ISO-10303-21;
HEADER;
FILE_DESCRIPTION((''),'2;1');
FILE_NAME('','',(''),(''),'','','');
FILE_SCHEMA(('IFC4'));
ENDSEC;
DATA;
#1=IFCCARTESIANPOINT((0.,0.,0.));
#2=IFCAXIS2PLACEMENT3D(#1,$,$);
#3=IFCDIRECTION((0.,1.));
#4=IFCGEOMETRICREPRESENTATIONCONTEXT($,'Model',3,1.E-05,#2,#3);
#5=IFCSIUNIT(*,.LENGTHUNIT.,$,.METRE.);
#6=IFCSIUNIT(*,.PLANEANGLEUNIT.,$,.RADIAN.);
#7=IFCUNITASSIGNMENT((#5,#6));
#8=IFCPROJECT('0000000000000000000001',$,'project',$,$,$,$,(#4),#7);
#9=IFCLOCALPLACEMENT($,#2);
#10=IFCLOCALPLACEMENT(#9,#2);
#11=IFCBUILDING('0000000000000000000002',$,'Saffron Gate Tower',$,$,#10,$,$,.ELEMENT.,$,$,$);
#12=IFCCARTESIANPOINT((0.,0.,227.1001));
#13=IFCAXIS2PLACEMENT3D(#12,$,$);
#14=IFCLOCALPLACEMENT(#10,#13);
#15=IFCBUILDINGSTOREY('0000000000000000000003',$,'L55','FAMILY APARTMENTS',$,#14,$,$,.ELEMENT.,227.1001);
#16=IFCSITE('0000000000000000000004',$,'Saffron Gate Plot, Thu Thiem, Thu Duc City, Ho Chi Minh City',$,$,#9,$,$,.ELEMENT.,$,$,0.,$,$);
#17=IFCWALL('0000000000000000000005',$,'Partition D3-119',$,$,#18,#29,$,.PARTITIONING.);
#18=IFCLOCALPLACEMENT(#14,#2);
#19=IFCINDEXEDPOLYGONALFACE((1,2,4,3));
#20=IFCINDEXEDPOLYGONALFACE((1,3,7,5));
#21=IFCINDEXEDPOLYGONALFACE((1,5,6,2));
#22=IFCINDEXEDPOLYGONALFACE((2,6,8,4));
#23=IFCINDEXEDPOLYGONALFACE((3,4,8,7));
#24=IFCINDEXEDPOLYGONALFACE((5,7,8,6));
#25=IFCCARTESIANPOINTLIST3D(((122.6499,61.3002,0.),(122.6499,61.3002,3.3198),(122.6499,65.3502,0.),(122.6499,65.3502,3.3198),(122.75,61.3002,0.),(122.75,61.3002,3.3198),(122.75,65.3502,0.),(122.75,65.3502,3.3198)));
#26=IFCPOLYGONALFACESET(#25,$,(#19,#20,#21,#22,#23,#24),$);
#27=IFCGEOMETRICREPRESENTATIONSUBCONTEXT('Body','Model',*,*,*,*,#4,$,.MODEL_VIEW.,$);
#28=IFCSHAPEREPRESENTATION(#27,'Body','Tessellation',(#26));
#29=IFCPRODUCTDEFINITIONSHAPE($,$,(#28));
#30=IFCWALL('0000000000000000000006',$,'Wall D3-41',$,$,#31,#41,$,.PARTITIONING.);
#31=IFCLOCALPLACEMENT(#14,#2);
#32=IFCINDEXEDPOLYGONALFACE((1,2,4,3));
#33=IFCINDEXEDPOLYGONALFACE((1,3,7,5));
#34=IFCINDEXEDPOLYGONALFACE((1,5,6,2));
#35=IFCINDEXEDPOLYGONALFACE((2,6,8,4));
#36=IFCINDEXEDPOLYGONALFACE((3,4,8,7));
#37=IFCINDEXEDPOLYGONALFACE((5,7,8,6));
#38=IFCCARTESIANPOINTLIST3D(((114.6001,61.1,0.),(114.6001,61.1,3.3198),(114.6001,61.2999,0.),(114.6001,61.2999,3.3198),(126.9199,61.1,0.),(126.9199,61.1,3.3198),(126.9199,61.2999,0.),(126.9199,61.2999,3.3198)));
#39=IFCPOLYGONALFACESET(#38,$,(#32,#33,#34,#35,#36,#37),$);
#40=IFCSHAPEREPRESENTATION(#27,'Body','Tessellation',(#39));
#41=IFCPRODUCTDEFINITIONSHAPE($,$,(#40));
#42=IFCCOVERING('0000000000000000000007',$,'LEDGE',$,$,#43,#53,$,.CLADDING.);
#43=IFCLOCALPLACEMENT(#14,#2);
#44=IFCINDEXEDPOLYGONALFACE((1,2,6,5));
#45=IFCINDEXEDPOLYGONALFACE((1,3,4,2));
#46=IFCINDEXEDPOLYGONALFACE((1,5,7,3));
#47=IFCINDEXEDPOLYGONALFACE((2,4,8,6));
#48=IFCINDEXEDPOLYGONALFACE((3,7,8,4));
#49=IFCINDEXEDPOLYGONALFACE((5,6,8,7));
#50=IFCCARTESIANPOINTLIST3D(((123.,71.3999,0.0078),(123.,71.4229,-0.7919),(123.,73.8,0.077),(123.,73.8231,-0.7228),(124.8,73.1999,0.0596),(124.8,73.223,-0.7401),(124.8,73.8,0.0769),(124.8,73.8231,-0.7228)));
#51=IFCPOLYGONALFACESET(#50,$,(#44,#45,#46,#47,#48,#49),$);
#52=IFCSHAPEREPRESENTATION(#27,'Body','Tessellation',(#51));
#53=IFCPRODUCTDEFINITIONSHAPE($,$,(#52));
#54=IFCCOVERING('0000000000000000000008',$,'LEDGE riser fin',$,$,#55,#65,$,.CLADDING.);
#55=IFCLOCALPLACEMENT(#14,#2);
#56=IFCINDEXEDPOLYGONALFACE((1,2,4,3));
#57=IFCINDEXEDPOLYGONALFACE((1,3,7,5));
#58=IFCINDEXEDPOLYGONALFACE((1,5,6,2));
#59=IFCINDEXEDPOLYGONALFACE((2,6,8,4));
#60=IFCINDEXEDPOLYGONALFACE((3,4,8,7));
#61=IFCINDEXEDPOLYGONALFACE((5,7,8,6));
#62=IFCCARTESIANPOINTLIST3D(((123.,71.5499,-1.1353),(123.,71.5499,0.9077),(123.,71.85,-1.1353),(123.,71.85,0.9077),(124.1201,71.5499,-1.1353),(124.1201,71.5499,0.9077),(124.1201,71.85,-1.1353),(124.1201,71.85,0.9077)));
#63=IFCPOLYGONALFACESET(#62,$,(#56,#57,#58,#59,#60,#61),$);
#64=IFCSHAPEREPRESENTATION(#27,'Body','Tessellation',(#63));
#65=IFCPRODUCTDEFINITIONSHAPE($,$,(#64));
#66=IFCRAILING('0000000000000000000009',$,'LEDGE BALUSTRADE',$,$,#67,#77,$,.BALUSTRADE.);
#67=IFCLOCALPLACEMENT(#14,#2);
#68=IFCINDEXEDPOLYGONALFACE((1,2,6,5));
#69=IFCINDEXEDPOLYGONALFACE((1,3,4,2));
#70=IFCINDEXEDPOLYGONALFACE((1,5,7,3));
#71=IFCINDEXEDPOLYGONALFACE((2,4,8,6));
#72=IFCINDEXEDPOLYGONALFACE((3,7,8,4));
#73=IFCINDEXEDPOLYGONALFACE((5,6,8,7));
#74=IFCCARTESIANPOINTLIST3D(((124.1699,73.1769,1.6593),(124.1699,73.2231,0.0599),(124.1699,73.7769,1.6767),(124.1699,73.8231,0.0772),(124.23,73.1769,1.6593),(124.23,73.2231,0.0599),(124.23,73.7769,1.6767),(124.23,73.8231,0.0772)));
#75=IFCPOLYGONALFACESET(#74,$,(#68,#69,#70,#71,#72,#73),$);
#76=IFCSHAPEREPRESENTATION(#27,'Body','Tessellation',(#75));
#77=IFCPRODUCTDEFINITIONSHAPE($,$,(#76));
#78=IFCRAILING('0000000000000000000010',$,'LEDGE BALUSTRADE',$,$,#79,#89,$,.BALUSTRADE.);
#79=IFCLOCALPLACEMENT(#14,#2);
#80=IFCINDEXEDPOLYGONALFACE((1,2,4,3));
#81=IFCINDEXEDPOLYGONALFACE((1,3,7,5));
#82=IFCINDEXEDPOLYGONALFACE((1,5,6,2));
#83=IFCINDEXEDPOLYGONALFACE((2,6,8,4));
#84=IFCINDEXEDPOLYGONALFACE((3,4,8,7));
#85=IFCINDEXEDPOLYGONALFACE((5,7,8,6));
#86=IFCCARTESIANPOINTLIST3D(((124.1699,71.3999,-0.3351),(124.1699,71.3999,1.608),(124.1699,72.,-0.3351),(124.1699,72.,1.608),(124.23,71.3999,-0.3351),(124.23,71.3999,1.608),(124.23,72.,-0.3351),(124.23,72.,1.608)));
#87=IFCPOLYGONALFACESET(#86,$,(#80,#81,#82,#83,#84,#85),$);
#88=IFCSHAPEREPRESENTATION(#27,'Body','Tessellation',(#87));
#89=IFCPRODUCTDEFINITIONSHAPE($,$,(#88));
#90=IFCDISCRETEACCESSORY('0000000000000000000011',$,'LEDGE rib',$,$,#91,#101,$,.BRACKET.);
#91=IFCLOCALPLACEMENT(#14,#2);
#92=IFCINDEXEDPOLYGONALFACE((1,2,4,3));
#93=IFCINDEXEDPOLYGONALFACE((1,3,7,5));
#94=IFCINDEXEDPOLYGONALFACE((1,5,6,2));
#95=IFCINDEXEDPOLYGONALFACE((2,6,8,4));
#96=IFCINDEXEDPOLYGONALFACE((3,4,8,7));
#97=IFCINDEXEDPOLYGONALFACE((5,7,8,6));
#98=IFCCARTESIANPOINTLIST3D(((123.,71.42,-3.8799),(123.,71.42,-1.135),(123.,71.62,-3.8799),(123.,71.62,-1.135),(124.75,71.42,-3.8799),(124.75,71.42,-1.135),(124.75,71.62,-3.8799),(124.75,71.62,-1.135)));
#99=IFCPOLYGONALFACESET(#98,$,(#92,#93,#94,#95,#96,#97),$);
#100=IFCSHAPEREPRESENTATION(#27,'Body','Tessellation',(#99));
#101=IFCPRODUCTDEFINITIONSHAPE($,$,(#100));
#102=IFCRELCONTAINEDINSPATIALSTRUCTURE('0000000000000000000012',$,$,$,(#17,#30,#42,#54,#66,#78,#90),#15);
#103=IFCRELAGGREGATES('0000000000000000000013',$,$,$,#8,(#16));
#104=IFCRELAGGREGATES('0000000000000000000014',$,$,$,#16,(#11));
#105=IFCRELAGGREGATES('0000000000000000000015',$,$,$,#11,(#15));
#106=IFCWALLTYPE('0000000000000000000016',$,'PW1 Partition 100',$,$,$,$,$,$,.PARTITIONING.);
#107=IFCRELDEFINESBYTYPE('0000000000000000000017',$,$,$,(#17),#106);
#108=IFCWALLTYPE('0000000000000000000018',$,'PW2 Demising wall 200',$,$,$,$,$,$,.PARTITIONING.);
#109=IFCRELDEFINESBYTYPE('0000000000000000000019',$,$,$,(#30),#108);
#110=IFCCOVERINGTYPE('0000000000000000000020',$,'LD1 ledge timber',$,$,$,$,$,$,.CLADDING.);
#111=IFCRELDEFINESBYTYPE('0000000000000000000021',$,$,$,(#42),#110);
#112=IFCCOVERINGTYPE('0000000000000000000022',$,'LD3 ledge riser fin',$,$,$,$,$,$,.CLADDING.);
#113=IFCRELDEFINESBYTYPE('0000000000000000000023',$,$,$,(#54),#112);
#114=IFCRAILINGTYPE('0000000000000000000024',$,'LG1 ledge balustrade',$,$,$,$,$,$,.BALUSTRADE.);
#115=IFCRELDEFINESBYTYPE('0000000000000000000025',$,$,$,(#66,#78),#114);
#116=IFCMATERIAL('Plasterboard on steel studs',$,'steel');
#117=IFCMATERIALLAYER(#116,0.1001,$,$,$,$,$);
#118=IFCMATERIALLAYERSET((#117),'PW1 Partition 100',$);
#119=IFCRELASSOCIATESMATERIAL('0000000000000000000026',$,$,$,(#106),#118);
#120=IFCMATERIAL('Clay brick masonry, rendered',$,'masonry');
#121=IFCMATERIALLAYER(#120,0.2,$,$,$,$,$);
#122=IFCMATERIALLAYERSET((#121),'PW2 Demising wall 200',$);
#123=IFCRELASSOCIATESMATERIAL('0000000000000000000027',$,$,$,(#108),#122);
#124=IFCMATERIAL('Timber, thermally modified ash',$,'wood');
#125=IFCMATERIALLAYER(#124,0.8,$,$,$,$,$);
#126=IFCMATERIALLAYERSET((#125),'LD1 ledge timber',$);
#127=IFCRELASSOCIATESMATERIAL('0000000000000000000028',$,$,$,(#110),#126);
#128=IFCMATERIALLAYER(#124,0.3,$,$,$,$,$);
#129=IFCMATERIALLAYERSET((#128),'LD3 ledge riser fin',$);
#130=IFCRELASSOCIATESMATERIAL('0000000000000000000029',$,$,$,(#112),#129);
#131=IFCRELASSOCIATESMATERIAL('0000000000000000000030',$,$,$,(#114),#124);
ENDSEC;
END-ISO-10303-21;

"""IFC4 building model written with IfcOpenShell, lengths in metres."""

from ifc_helpers import new_model, si_unit, direction, frame, frame_2d, origin, origin_2d, place, context, subcontext, project, spatial, polyline, rectangle, outline, extrude, material, layer, layer_set, type_object, element, save


model = new_model("IFC4")

# Units and contexts
model_context = context("Model", 3, precision=1e-05, world=origin(), true_north=direction((0.0, 1.0)))
body_context = subcontext(model_context, "Body", "Model", "MODEL_VIEW")
ifc_project = project(units=[si_unit("LENGTHUNIT", "METRE"), si_unit("PLANEANGLEUNIT", "RADIAN")], contexts=[model_context])

# Site, building, storey
site_placement = place(None, origin())
site = spatial("IfcSite", under=ifc_project, at=site_placement, Name="Saffron Gate Plot, Thu Thiem, Thu Duc City, Ho Chi Minh City", CompositionType="ELEMENT", RefElevation=0.0)
building_placement = place(site_placement, origin())
building = spatial("IfcBuilding", under=site, at=building_placement, Name="Saffron Gate Tower", CompositionType="ELEMENT")
storey_placement = place(building_placement, frame((0.0, 0.0, 227.1001)))
storey = spatial("IfcBuildingStorey", under=building, at=storey_placement, Name="L55", Description="FAMILY APARTMENTS", CompositionType="ELEMENT", Elevation=227.1001)

# Shared definitions
ifc_material_1 = material(Name="Plasterboard on steel studs", Category="steel")
ifc_layer_1 = layer(ifc_material_1, 0.1001)
ifc_layer_set_1 = layer_set([ifc_layer_1], Name="PW1 Partition 100")
wall_type_1 = type_object("IfcWallType", Name="PW1 Partition 100", PredefinedType="PARTITIONING", material=ifc_layer_set_1)

# Walls
wall_1_placement = place(storey_placement, frame((122.7, 65.3501, 0.0), z_axis=(0.0, 0.0, 1.0), x_axis=(0.0, -1.0, 0.0)))
element("IfcWall", 1, at=wall_1_placement, inside=storey, type_object=wall_type_1, Name="Partition D3-119", PredefinedType="PARTITIONING", context=body_context, shape_type="SweptSolid", body=[
    extrude(rectangle(XDim=4.05, YDim=0.1001, at=frame_2d((2.0249, 0.0))), origin(), (0.0, 0.0, 1.0), 3.3198),
])
ifc_material_2 = material(Name="Clay brick masonry, rendered", Category="masonry")
ifc_layer_2 = layer(ifc_material_2, 0.2)
ifc_layer_set_2 = layer_set([ifc_layer_2], Name="PW2 Demising wall 200")
wall_type_2 = type_object("IfcWallType", Name="PW2 Demising wall 200", PredefinedType="PARTITIONING", material=ifc_layer_set_2)
wall_2_placement = place(storey_placement, frame((114.6001, 61.2, 0.0), z_axis=(0.0, 0.0, 1.0), x_axis=(1.0, 0.0, 0.0)))
element("IfcWall", 2, at=wall_2_placement, inside=storey, type_object=wall_type_2, Name="Wall D3-41", PredefinedType="PARTITIONING", context=body_context, shape_type="SweptSolid", body=[
    extrude(rectangle(XDim=12.3198, YDim=0.2, at=frame_2d((6.1599, 0.0))), origin(), (0.0, 0.0, 1.0), 3.3198),
])

# Coverings
ifc_material_3 = material(Name="Timber, thermally modified ash", Category="wood")
ifc_layer_3 = layer(ifc_material_3, 0.8)
ifc_layer_set_3 = layer_set([ifc_layer_3], Name="LD1 ledge timber")
covering_type_1 = type_object("IfcCoveringType", Name="LD1 ledge timber", PredefinedType="CLADDING", material=ifc_layer_set_3)
covering_1_placement = place(storey_placement, frame((123.0, 71.3999, 0.0078), z_axis=(0.000026, -0.028794, 0.999585), x_axis=(0.0, 0.999585, 0.028794)))
element("IfcCovering", 3, at=covering_1_placement, inside=storey, type_object=covering_type_1, Name="LEDGE", PredefinedType="CLADDING", context=body_context, shape_type="SweptSolid", body=[
    extrude(outline(polyline([(0.0, 0.0), (2.4011, 0.0), (2.4011, -1.8), (1.8008, -1.8), (0.0, 0.0)])), origin(), (0.0, 0.0, -1.0), 0.8),
])
ifc_layer_4 = layer(ifc_material_3, 0.3)
ifc_layer_set_4 = layer_set([ifc_layer_4], Name="LD3 ledge riser fin")
covering_type_2 = type_object("IfcCoveringType", Name="LD3 ledge riser fin", PredefinedType="CLADDING", material=ifc_layer_set_4)
covering_2_placement = place(storey_placement, frame((123.5601, 71.7, -1.1353), z_axis=(0.0, 0.0, 1.0), x_axis=(0.0, 1.0, 0.0)))
element("IfcCovering", 4, at=covering_2_placement, inside=storey, type_object=covering_type_2, Name="LEDGE riser fin", PredefinedType="CLADDING", context=body_context, shape_type="SweptSolid", body=[
    extrude(rectangle(XDim=0.3, YDim=1.1201, at=origin_2d()), origin(), (0.0, 0.0, 1.0), 2.043),
])

# Railings
railing_type = type_object("IfcRailingType", Name="LG1 ledge balustrade", PredefinedType="BALUSTRADE", material=ifc_material_3)
railing_1_placement = place(storey_placement, frame((124.2, 73.2, 0.0596)))
element("IfcRailing", 5, at=railing_1_placement, inside=storey, type_object=railing_type, Name="LEDGE BALUSTRADE", PredefinedType="BALUSTRADE", context=body_context, shape_type="SweptSolid", body=[
    extrude(rectangle(XDim=0.0601, YDim=1.6001, at=origin_2d()), frame((0.0, 0.0, 0.8), z_axis=(0.0, 0.999583, 0.028873), x_axis=(-1.0, 0.0, 0.0)), (0.0, 0.0, 1.0), 0.6003),
])
railing_2_placement = place(storey_placement, frame((124.2, 71.3999, -0.3352)))
element("IfcRailing", 6, at=railing_2_placement, inside=storey, type_object=railing_type, Name="LEDGE BALUSTRADE", PredefinedType="BALUSTRADE", context=body_context, shape_type="SweptSolid", body=[
    extrude(rectangle(XDim=0.0601, YDim=1.9431, at=origin_2d()), frame((0.0, 0.0, 0.9717), z_axis=(0.0, 1.0, 0.0), x_axis=(-1.0, 0.0, 0.0)), (0.0, 0.0, 1.0), 0.6001),
])

# Discrete accessory
discrete_accessory_placement = place(storey_placement, frame((123.875, 71.52, -3.8799), z_axis=(0.0, 0.0, 1.0), x_axis=(0.0, 1.0, 0.0)))
element("IfcDiscreteAccessory", 7, at=discrete_accessory_placement, inside=storey, Name="LEDGE rib", PredefinedType="BRACKET", context=body_context, shape_type="SweptSolid", body=[
    extrude(rectangle(XDim=0.2, YDim=1.75, at=origin_2d()), origin(), (0.0, 0.0, 1.0), 2.7449),
])

save(model, "model.ifc")
